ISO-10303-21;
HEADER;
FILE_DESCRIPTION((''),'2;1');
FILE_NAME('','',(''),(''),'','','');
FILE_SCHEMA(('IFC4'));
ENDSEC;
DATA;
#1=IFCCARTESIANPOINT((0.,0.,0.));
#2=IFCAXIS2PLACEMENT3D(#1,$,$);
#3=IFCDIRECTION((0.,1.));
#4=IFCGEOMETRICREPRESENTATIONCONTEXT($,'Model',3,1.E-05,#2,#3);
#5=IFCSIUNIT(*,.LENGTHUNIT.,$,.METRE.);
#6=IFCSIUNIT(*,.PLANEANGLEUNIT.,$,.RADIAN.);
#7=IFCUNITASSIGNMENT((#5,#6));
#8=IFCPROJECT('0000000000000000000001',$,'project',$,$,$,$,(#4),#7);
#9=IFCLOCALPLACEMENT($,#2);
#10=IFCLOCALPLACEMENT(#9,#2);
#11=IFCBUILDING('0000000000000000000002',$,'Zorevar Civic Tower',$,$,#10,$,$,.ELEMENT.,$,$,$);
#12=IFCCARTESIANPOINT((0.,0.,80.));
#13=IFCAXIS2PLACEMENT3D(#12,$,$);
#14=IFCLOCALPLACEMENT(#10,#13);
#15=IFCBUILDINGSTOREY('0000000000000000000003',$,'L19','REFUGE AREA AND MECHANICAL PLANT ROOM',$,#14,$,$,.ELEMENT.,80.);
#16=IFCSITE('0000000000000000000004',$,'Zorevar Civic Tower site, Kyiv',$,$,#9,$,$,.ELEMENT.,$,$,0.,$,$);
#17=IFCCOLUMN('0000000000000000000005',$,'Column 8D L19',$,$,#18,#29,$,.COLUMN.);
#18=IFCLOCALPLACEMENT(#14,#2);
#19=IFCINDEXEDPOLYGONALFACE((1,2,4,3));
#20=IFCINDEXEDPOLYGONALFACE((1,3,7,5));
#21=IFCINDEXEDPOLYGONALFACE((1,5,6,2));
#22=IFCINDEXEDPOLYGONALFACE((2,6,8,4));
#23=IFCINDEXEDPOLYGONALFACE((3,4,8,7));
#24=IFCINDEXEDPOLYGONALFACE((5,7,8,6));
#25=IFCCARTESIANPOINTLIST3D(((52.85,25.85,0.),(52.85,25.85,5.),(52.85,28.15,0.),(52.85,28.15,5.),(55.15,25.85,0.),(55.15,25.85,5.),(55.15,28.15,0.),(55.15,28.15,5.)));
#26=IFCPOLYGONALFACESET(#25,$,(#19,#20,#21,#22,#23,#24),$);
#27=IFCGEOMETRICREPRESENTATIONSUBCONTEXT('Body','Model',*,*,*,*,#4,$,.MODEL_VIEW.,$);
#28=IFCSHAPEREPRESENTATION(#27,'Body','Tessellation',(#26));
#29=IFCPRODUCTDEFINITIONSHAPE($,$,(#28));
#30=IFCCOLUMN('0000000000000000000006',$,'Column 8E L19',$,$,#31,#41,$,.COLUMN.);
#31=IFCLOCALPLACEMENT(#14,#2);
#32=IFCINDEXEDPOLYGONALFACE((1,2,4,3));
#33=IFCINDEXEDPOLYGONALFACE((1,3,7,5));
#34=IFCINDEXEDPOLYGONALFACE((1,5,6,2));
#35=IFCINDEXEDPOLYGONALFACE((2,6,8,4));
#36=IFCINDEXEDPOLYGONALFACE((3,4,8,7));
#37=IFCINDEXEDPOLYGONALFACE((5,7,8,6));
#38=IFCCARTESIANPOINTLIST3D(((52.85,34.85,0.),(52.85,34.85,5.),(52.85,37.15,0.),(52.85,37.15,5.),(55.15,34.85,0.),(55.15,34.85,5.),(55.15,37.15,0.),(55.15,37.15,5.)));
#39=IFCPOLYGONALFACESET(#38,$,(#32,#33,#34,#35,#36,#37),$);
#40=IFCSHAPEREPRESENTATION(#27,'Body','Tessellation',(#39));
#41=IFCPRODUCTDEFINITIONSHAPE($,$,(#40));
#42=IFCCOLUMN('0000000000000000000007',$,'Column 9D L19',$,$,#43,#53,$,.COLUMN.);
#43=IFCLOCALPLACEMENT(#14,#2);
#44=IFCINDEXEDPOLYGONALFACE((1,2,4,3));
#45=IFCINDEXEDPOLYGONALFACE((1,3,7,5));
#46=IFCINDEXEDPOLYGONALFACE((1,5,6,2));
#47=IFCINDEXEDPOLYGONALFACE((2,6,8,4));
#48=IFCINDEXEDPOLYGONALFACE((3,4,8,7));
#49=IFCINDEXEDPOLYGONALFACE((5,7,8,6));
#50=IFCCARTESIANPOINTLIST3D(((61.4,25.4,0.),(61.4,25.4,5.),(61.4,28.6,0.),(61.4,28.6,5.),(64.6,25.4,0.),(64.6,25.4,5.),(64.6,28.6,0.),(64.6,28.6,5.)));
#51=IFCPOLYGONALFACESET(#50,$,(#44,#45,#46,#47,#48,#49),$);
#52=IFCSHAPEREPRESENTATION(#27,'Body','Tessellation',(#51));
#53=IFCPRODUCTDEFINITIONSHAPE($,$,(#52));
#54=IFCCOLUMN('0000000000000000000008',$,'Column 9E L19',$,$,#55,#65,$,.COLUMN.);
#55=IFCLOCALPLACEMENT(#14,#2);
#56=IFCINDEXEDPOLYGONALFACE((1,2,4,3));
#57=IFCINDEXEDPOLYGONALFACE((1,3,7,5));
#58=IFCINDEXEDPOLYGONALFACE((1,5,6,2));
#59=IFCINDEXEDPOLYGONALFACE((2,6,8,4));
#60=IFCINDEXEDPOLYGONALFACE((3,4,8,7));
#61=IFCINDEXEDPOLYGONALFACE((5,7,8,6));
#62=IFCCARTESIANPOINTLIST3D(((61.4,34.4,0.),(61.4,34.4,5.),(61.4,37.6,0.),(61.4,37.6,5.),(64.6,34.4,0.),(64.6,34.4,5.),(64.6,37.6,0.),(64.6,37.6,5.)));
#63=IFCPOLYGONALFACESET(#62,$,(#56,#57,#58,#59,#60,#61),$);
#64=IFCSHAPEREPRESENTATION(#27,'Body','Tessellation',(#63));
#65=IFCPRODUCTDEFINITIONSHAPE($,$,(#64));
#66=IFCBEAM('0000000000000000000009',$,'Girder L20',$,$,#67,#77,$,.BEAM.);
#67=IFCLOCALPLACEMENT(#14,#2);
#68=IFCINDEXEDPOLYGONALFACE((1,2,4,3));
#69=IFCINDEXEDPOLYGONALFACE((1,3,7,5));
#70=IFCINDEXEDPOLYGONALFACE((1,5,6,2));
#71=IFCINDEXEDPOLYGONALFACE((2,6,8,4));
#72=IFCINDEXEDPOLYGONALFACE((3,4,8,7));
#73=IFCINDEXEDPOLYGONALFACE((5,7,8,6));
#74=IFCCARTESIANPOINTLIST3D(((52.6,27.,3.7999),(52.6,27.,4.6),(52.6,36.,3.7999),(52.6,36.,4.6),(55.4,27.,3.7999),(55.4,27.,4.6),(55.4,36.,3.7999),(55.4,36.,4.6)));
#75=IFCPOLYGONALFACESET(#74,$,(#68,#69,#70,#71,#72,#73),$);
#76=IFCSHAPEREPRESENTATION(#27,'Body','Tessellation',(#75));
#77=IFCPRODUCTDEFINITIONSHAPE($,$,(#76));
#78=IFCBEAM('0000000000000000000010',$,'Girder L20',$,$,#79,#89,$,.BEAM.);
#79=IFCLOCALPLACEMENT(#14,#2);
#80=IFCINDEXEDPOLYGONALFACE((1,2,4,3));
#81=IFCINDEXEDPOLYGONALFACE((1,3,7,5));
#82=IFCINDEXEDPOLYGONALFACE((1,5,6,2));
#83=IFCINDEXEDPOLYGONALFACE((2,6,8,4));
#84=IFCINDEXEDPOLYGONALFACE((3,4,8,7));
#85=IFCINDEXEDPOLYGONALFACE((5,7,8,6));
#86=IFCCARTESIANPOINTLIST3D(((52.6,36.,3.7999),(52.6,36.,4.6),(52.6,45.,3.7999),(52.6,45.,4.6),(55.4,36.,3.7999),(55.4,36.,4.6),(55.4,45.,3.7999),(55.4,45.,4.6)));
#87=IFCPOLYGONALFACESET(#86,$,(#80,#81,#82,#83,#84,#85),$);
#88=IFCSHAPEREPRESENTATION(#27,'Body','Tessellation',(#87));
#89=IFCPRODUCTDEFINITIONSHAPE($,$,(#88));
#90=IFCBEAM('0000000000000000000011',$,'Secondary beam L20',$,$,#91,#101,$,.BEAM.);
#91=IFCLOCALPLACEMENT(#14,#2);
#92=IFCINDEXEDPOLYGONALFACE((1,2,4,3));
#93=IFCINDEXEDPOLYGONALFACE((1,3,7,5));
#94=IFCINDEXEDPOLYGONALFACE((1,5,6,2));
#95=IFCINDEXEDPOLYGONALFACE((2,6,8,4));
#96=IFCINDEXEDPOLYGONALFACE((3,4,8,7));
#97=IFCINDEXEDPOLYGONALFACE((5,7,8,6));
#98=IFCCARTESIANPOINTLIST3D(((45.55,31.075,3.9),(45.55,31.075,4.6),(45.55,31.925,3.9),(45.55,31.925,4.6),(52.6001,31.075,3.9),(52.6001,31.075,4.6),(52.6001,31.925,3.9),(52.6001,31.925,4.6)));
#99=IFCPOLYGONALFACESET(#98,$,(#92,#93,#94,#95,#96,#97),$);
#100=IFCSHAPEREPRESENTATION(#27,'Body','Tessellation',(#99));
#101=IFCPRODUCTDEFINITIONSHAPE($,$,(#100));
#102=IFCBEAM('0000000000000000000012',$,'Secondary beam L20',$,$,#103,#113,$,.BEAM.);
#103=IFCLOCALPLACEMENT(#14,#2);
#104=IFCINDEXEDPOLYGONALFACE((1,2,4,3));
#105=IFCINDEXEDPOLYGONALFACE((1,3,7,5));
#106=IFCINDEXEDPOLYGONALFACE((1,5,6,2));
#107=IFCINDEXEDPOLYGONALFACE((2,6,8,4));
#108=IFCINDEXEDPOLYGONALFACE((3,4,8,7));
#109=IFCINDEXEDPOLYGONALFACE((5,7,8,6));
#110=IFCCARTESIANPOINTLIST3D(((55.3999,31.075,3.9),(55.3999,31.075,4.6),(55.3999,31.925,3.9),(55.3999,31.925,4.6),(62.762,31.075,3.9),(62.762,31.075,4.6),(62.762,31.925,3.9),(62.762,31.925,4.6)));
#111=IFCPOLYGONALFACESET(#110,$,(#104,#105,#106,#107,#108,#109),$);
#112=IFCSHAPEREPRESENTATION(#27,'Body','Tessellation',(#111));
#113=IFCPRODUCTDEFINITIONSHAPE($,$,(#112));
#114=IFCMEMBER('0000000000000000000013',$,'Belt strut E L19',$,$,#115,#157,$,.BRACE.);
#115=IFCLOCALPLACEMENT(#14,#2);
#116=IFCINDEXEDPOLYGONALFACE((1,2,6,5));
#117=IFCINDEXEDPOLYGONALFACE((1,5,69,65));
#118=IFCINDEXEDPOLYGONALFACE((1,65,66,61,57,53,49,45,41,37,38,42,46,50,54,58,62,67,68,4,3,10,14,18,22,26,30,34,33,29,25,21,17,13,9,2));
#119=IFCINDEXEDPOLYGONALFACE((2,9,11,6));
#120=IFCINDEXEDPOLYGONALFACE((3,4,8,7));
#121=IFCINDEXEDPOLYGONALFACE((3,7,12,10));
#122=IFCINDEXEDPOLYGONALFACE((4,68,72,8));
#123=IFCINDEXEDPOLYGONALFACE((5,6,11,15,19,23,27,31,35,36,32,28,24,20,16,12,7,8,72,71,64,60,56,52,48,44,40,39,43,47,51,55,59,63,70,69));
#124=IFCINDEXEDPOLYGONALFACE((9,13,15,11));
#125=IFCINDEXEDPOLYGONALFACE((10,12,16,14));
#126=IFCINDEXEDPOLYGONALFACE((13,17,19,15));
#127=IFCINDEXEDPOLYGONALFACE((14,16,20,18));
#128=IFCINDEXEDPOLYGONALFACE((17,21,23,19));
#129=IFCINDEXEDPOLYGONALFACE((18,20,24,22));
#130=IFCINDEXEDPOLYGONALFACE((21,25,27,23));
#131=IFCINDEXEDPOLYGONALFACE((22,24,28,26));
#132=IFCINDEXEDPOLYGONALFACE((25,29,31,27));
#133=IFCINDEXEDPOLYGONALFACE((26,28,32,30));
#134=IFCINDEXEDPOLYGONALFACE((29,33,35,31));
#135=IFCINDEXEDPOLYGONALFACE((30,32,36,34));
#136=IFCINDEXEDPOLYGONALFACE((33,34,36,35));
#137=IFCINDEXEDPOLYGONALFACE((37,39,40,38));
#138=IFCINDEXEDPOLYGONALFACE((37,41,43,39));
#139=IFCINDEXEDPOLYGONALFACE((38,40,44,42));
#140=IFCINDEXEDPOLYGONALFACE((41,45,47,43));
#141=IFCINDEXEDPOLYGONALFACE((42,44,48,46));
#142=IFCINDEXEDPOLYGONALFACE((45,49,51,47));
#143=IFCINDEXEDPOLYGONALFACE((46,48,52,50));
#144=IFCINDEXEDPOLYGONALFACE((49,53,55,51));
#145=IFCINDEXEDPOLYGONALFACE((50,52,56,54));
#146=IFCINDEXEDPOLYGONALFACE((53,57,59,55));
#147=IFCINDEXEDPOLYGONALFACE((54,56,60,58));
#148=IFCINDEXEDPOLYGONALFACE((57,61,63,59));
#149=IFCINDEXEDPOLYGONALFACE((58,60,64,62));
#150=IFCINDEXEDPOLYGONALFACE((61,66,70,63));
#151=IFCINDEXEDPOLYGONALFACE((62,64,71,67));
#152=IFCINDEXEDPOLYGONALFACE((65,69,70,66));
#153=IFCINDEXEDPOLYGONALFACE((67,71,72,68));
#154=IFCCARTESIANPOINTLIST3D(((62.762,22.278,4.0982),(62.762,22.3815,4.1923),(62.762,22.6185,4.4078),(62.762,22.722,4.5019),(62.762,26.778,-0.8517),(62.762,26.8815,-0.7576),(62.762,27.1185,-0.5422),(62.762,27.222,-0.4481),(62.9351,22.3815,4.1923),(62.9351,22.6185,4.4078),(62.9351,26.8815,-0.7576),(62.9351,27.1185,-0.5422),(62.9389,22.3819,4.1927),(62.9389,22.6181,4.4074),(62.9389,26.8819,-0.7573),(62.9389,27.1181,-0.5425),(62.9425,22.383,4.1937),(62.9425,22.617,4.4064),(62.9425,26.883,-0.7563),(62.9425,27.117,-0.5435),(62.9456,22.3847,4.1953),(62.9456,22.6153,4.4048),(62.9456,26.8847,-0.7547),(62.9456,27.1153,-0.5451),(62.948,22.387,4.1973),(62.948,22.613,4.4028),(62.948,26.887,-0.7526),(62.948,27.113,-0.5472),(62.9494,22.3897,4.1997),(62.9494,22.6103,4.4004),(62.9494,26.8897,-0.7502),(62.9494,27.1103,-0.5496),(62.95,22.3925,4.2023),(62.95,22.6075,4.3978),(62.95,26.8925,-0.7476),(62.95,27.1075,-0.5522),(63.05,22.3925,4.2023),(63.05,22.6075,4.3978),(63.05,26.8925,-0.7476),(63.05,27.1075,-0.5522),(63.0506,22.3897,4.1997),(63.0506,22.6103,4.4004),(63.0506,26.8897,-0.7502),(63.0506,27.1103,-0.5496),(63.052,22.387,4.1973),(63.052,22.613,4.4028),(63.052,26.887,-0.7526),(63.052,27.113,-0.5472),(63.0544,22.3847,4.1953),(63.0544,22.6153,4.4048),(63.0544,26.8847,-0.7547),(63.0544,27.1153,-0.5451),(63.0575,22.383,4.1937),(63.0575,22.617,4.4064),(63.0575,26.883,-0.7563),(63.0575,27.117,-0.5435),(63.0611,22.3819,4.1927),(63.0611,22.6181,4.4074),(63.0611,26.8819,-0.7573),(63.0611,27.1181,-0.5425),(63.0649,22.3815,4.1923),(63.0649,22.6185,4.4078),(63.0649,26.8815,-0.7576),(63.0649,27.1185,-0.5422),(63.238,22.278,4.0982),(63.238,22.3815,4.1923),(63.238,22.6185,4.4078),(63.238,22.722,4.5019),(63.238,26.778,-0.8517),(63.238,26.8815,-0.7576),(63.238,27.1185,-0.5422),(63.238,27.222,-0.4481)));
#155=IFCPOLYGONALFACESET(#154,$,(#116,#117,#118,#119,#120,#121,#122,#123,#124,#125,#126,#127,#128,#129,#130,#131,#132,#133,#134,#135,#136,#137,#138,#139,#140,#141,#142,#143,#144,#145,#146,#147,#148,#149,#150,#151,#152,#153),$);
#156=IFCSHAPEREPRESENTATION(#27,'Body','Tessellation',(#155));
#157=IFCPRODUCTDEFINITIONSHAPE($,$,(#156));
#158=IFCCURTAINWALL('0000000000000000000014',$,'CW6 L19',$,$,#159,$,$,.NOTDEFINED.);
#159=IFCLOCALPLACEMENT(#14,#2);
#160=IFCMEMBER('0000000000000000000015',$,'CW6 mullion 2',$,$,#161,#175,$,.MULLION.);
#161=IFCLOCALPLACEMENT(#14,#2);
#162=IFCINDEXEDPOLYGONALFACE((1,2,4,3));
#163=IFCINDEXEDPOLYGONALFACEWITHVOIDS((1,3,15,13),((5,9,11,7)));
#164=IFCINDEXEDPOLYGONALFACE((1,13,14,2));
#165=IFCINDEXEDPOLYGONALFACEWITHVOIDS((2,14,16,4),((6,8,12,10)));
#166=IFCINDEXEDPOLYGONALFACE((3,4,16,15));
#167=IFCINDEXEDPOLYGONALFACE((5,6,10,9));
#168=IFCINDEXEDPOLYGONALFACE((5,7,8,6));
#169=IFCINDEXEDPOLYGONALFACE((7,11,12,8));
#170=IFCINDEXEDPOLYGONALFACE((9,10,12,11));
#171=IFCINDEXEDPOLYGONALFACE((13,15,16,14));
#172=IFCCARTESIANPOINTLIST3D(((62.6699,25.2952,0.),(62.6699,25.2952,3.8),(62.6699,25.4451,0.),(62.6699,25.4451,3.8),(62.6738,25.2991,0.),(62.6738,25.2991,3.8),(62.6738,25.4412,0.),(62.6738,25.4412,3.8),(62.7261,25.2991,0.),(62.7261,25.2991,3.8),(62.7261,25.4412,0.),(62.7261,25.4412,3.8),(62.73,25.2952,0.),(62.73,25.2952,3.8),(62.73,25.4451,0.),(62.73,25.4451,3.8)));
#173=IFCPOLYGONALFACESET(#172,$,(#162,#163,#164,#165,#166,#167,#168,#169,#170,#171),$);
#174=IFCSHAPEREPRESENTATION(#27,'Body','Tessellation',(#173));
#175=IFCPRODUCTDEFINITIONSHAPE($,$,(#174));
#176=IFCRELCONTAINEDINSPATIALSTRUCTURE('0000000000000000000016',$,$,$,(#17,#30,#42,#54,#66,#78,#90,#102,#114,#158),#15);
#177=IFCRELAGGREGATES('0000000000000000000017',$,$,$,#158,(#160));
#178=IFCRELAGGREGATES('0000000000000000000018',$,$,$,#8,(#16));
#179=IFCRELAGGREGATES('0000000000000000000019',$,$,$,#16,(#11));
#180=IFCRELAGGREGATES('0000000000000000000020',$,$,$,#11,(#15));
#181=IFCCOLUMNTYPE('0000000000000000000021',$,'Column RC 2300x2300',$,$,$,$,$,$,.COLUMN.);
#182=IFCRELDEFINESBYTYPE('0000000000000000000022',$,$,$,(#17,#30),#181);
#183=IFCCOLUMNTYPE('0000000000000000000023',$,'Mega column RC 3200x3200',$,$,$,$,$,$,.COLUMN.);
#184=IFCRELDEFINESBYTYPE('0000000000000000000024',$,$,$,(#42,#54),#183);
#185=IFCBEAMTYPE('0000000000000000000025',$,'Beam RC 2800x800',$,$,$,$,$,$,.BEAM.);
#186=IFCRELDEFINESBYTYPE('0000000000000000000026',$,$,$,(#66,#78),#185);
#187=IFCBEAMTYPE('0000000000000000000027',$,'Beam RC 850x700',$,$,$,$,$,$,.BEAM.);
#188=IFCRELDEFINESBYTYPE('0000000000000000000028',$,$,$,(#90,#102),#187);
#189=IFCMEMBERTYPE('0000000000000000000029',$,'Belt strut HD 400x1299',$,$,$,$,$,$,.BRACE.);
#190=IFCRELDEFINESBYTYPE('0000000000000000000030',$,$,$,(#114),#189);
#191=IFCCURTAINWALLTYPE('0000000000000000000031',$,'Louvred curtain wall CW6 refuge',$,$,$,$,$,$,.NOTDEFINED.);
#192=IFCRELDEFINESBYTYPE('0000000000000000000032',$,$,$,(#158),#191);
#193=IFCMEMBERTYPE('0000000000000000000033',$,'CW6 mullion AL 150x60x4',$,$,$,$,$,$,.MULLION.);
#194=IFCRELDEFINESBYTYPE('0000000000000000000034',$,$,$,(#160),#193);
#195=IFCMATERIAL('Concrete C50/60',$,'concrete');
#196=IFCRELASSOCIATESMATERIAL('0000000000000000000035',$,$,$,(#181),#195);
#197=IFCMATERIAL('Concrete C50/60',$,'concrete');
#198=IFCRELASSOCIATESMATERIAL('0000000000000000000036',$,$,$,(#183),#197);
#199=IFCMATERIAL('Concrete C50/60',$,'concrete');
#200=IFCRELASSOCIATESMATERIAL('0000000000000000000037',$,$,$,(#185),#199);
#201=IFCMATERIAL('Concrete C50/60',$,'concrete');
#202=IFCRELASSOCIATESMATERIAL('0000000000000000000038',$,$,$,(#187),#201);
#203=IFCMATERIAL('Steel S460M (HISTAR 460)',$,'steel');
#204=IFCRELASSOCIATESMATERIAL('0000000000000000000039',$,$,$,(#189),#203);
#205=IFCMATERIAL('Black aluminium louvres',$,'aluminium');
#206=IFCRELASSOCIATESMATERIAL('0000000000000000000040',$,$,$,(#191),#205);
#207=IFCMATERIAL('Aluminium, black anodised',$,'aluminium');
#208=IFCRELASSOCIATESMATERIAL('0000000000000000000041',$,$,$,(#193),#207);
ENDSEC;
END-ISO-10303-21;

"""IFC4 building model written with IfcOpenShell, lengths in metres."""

from ifc_helpers import new_model, si_unit, direction, frame, origin, origin_2d, place, context, subcontext, project, spatial, rectangle, hollow_rectangle, i_section, extrude, material, material_profile, profile_set, type_object, element, aggregate, save


model = new_model("IFC4")

# Units and contexts
model_context = context("Model", 3, precision=1e-05, world=origin(), true_north=direction((0.0, 1.0)))
body_context = subcontext(model_context, "Body", "Model", "MODEL_VIEW")
ifc_project = project(units=[si_unit("LENGTHUNIT", "METRE"), si_unit("PLANEANGLEUNIT", "RADIAN")], contexts=[model_context])

# Site, building, storey
site_placement = place(None, origin())
site = spatial("IfcSite", under=ifc_project, at=site_placement, Name="Zorevar Civic Tower site, Kyiv", CompositionType="ELEMENT", RefElevation=0.0)
building_placement = place(site_placement, origin())
building = spatial("IfcBuilding", under=site, at=building_placement, Name="Zorevar Civic Tower", CompositionType="ELEMENT")
storey_placement = place(building_placement, frame((0.0, 0.0, 80.0)))
storey = spatial("IfcBuildingStorey", under=building, at=storey_placement, Name="L19", Description="REFUGE AREA AND MECHANICAL PLANT ROOM", CompositionType="ELEMENT", Elevation=80.0)

# Columns
ifc_material_1 = material(Name="Concrete C50/60", Category="concrete")
ifc_material_profile_1 = material_profile(ifc_material_1, rectangle(XDim=2.3, YDim=2.3, at=origin_2d()), Name="RC 2300x2300")
ifc_profile_set_1 = profile_set([ifc_material_profile_1], Name="Concrete C50/60")
column_type_1 = type_object("IfcColumnType", Name="Column RC 2300x2300", PredefinedType="COLUMN", material=ifc_profile_set_1)
for number, where, z_axis, x_axis, name in (
    (1, (54.0, 27.0, 0.0), (0.0, 0.0, 1.0), (1.0, 0.0, 0.0), "Column 8D L19"),
    (2, (54.0, 36.0, 0.0), (0.0, 0.0, 1.0), (1.0, 0.0, 0.0), "Column 8E L19"),
):
    element("IfcColumn", number, at=place(storey_placement, frame(where, z_axis=z_axis, x_axis=x_axis)), inside=storey, type_object=column_type_1, Name=name, PredefinedType="COLUMN", context=body_context, shape_type="SweptSolid", body=[
        extrude(rectangle(XDim=2.3, YDim=2.3, at=origin_2d()), origin(), (0.0, 0.0, 1.0), 5.0),
    ])
ifc_material_2 = material(Name="Concrete C50/60", Category="concrete")
ifc_material_profile_2 = material_profile(ifc_material_2, rectangle(XDim=3.2, YDim=3.2, at=origin_2d()), Name="RC 3200x3200")
ifc_profile_set_2 = profile_set([ifc_material_profile_2], Name="Concrete C50/60")
column_type_2 = type_object("IfcColumnType", Name="Mega column RC 3200x3200", PredefinedType="COLUMN", material=ifc_profile_set_2)
for number, where, z_axis, x_axis, name in (
    (3, (63.0, 27.0, 0.0), (0.0, 0.0, 1.0), (1.0, 0.0, 0.0), "Column 9D L19"),
    (4, (63.0, 36.0, 0.0), (0.0, 0.0, 1.0), (1.0, 0.0, 0.0), "Column 9E L19"),
):
    element("IfcColumn", number, at=place(storey_placement, frame(where, z_axis=z_axis, x_axis=x_axis)), inside=storey, type_object=column_type_2, Name=name, PredefinedType="COLUMN", context=body_context, shape_type="SweptSolid", body=[
        extrude(rectangle(XDim=3.2, YDim=3.2, at=origin_2d()), origin(), (0.0, 0.0, 1.0), 5.0),
    ])

# Beams
ifc_material_3 = material(Name="Concrete C50/60", Category="concrete")
ifc_material_profile_3 = material_profile(ifc_material_3, rectangle(XDim=2.8, YDim=0.8, at=origin_2d()), Name="RC 2800x800")
ifc_profile_set_3 = profile_set([ifc_material_profile_3], Name="Concrete C50/60")
beam_type_1 = type_object("IfcBeamType", Name="Beam RC 2800x800", PredefinedType="BEAM", material=ifc_profile_set_3)
for number, where, z_axis, x_axis, name in (
    (5, (54.0, 27.0, 4.2), (0.0, 1.0, 0.0), (-1.0, 0.0, 0.0), "Girder L20"),
    (6, (54.0, 36.0, 4.2), (0.0, 1.0, 0.0), (-1.0, 0.0, 0.0), "Girder L20"),
):
    element("IfcBeam", number, at=place(storey_placement, frame(where, z_axis=z_axis, x_axis=x_axis)), inside=storey, type_object=beam_type_1, Name=name, PredefinedType="BEAM", context=body_context, shape_type="SweptSolid", body=[
        extrude(rectangle(XDim=2.8, YDim=0.8, at=origin_2d()), origin(), (0.0, 0.0, 1.0), 9.0),
    ])
ifc_material_4 = material(Name="Concrete C50/60", Category="concrete")
ifc_material_profile_4 = material_profile(ifc_material_4, rectangle(XDim=0.8501, YDim=0.7, at=origin_2d()), Name="RC 850x700")
ifc_profile_set_4 = profile_set([ifc_material_profile_4], Name="Concrete C50/60")
beam_type_2 = type_object("IfcBeamType", Name="Beam RC 850x700", PredefinedType="BEAM", material=ifc_profile_set_4)
beam_1_placement = place(storey_placement, frame((45.55, 31.5, 4.25), z_axis=(1.0, 0.0, 0.0), x_axis=(0.0, 1.0, 0.0)))
element("IfcBeam", 7, at=beam_1_placement, inside=storey, type_object=beam_type_2, Name="Secondary beam L20", PredefinedType="BEAM", context=body_context, shape_type="SweptSolid", body=[
    extrude(rectangle(XDim=0.8501, YDim=0.7, at=origin_2d()), origin(), (0.0, 0.0, 1.0), 7.05),
])
beam_2_placement = place(storey_placement, frame((55.3999, 31.5, 4.25), z_axis=(1.0, 0.0, 0.0), x_axis=(0.0, 1.0, 0.0)))
element("IfcBeam", 8, at=beam_2_placement, inside=storey, type_object=beam_type_2, Name="Secondary beam L20", PredefinedType="BEAM", context=body_context, shape_type="SweptSolid", body=[
    extrude(rectangle(XDim=0.8501, YDim=0.7, at=origin_2d()), origin(), (0.0, 0.0, 1.0), 7.3621),
])

# Member
ifc_material_5 = material(Name="Steel S460M (HISTAR 460)", Category="steel")
ifc_material_profile_5 = material_profile(ifc_material_5, i_section(OverallWidth=0.4761, OverallDepth=0.6001, WebThickness=0.1001, FlangeThickness=0.1399, FilletRadius=0.0149, at=origin_2d()), Name="HD 400x1299")
ifc_profile_set_5 = profile_set([ifc_material_profile_5], Name="Steel S460M (HISTAR 460)")
member_type_1 = type_object("IfcMemberType", Name="Belt strut HD 400x1299", PredefinedType="BRACE", material=ifc_profile_set_5)
member_1_placement = place(storey_placement, frame((63.0, 27.0, -0.6499), z_axis=(0.0, -0.672676, 0.739937), x_axis=(1.0, 0.0, 0.0)))
element("IfcMember", 9, at=member_1_placement, inside=storey, type_object=member_type_1, Name="Belt strut E L19", PredefinedType="BRACE", context=body_context, shape_type="SweptSolid", body=[
    extrude(i_section(OverallWidth=0.4761, OverallDepth=0.6001, WebThickness=0.1001, FlangeThickness=0.1399, FilletRadius=0.0149, at=origin_2d()), origin(), (0.0, 0.0, 1.0), 6.6897),
])

# Curtain wall, member
ifc_material_6 = material(Name="Black aluminium louvres", Category="aluminium")
curtain_wall_type = type_object("IfcCurtainWallType", Name="Louvred curtain wall CW6 refuge", PredefinedType="NOTDEFINED", material=ifc_material_6)
curtain_wall_placement = place(storey_placement, origin())
curtain_wall = element("IfcCurtainWall", 10, at=curtain_wall_placement, inside=storey, type_object=curtain_wall_type, Name="CW6 L19", PredefinedType="NOTDEFINED")
ifc_material_7 = material(Name="Aluminium, black anodised", Category="aluminium")
ifc_material_profile_6 = material_profile(ifc_material_7, hollow_rectangle(XDim=0.0601, YDim=0.1499, WallThickness=0.0039, at=origin_2d()), Name="AL 150x60x4")
ifc_profile_set_6 = profile_set([ifc_material_profile_6], Name="Aluminium, black anodised")
member_type_2 = type_object("IfcMemberType", Name="CW6 mullion AL 150x60x4", PredefinedType="MULLION", material=ifc_profile_set_6)
member_2_placement = place(storey_placement, frame((62.7, 25.3701, 0.0), z_axis=(0.0, 0.0, 1.0), x_axis=(-1.0, 0.0, 0.0)))
member_2 = element("IfcMember", 11, at=member_2_placement, type_object=member_type_2, Name="CW6 mullion 2", PredefinedType="MULLION", context=body_context, shape_type="SweptSolid", body=[
    extrude(hollow_rectangle(XDim=0.0601, YDim=0.1499, WallThickness=0.0039, at=origin_2d()), origin(), (0.0, 0.0, 1.0), 3.8),
])
aggregate(curtain_wall, [member_2])

save(model, "model.ifc")
